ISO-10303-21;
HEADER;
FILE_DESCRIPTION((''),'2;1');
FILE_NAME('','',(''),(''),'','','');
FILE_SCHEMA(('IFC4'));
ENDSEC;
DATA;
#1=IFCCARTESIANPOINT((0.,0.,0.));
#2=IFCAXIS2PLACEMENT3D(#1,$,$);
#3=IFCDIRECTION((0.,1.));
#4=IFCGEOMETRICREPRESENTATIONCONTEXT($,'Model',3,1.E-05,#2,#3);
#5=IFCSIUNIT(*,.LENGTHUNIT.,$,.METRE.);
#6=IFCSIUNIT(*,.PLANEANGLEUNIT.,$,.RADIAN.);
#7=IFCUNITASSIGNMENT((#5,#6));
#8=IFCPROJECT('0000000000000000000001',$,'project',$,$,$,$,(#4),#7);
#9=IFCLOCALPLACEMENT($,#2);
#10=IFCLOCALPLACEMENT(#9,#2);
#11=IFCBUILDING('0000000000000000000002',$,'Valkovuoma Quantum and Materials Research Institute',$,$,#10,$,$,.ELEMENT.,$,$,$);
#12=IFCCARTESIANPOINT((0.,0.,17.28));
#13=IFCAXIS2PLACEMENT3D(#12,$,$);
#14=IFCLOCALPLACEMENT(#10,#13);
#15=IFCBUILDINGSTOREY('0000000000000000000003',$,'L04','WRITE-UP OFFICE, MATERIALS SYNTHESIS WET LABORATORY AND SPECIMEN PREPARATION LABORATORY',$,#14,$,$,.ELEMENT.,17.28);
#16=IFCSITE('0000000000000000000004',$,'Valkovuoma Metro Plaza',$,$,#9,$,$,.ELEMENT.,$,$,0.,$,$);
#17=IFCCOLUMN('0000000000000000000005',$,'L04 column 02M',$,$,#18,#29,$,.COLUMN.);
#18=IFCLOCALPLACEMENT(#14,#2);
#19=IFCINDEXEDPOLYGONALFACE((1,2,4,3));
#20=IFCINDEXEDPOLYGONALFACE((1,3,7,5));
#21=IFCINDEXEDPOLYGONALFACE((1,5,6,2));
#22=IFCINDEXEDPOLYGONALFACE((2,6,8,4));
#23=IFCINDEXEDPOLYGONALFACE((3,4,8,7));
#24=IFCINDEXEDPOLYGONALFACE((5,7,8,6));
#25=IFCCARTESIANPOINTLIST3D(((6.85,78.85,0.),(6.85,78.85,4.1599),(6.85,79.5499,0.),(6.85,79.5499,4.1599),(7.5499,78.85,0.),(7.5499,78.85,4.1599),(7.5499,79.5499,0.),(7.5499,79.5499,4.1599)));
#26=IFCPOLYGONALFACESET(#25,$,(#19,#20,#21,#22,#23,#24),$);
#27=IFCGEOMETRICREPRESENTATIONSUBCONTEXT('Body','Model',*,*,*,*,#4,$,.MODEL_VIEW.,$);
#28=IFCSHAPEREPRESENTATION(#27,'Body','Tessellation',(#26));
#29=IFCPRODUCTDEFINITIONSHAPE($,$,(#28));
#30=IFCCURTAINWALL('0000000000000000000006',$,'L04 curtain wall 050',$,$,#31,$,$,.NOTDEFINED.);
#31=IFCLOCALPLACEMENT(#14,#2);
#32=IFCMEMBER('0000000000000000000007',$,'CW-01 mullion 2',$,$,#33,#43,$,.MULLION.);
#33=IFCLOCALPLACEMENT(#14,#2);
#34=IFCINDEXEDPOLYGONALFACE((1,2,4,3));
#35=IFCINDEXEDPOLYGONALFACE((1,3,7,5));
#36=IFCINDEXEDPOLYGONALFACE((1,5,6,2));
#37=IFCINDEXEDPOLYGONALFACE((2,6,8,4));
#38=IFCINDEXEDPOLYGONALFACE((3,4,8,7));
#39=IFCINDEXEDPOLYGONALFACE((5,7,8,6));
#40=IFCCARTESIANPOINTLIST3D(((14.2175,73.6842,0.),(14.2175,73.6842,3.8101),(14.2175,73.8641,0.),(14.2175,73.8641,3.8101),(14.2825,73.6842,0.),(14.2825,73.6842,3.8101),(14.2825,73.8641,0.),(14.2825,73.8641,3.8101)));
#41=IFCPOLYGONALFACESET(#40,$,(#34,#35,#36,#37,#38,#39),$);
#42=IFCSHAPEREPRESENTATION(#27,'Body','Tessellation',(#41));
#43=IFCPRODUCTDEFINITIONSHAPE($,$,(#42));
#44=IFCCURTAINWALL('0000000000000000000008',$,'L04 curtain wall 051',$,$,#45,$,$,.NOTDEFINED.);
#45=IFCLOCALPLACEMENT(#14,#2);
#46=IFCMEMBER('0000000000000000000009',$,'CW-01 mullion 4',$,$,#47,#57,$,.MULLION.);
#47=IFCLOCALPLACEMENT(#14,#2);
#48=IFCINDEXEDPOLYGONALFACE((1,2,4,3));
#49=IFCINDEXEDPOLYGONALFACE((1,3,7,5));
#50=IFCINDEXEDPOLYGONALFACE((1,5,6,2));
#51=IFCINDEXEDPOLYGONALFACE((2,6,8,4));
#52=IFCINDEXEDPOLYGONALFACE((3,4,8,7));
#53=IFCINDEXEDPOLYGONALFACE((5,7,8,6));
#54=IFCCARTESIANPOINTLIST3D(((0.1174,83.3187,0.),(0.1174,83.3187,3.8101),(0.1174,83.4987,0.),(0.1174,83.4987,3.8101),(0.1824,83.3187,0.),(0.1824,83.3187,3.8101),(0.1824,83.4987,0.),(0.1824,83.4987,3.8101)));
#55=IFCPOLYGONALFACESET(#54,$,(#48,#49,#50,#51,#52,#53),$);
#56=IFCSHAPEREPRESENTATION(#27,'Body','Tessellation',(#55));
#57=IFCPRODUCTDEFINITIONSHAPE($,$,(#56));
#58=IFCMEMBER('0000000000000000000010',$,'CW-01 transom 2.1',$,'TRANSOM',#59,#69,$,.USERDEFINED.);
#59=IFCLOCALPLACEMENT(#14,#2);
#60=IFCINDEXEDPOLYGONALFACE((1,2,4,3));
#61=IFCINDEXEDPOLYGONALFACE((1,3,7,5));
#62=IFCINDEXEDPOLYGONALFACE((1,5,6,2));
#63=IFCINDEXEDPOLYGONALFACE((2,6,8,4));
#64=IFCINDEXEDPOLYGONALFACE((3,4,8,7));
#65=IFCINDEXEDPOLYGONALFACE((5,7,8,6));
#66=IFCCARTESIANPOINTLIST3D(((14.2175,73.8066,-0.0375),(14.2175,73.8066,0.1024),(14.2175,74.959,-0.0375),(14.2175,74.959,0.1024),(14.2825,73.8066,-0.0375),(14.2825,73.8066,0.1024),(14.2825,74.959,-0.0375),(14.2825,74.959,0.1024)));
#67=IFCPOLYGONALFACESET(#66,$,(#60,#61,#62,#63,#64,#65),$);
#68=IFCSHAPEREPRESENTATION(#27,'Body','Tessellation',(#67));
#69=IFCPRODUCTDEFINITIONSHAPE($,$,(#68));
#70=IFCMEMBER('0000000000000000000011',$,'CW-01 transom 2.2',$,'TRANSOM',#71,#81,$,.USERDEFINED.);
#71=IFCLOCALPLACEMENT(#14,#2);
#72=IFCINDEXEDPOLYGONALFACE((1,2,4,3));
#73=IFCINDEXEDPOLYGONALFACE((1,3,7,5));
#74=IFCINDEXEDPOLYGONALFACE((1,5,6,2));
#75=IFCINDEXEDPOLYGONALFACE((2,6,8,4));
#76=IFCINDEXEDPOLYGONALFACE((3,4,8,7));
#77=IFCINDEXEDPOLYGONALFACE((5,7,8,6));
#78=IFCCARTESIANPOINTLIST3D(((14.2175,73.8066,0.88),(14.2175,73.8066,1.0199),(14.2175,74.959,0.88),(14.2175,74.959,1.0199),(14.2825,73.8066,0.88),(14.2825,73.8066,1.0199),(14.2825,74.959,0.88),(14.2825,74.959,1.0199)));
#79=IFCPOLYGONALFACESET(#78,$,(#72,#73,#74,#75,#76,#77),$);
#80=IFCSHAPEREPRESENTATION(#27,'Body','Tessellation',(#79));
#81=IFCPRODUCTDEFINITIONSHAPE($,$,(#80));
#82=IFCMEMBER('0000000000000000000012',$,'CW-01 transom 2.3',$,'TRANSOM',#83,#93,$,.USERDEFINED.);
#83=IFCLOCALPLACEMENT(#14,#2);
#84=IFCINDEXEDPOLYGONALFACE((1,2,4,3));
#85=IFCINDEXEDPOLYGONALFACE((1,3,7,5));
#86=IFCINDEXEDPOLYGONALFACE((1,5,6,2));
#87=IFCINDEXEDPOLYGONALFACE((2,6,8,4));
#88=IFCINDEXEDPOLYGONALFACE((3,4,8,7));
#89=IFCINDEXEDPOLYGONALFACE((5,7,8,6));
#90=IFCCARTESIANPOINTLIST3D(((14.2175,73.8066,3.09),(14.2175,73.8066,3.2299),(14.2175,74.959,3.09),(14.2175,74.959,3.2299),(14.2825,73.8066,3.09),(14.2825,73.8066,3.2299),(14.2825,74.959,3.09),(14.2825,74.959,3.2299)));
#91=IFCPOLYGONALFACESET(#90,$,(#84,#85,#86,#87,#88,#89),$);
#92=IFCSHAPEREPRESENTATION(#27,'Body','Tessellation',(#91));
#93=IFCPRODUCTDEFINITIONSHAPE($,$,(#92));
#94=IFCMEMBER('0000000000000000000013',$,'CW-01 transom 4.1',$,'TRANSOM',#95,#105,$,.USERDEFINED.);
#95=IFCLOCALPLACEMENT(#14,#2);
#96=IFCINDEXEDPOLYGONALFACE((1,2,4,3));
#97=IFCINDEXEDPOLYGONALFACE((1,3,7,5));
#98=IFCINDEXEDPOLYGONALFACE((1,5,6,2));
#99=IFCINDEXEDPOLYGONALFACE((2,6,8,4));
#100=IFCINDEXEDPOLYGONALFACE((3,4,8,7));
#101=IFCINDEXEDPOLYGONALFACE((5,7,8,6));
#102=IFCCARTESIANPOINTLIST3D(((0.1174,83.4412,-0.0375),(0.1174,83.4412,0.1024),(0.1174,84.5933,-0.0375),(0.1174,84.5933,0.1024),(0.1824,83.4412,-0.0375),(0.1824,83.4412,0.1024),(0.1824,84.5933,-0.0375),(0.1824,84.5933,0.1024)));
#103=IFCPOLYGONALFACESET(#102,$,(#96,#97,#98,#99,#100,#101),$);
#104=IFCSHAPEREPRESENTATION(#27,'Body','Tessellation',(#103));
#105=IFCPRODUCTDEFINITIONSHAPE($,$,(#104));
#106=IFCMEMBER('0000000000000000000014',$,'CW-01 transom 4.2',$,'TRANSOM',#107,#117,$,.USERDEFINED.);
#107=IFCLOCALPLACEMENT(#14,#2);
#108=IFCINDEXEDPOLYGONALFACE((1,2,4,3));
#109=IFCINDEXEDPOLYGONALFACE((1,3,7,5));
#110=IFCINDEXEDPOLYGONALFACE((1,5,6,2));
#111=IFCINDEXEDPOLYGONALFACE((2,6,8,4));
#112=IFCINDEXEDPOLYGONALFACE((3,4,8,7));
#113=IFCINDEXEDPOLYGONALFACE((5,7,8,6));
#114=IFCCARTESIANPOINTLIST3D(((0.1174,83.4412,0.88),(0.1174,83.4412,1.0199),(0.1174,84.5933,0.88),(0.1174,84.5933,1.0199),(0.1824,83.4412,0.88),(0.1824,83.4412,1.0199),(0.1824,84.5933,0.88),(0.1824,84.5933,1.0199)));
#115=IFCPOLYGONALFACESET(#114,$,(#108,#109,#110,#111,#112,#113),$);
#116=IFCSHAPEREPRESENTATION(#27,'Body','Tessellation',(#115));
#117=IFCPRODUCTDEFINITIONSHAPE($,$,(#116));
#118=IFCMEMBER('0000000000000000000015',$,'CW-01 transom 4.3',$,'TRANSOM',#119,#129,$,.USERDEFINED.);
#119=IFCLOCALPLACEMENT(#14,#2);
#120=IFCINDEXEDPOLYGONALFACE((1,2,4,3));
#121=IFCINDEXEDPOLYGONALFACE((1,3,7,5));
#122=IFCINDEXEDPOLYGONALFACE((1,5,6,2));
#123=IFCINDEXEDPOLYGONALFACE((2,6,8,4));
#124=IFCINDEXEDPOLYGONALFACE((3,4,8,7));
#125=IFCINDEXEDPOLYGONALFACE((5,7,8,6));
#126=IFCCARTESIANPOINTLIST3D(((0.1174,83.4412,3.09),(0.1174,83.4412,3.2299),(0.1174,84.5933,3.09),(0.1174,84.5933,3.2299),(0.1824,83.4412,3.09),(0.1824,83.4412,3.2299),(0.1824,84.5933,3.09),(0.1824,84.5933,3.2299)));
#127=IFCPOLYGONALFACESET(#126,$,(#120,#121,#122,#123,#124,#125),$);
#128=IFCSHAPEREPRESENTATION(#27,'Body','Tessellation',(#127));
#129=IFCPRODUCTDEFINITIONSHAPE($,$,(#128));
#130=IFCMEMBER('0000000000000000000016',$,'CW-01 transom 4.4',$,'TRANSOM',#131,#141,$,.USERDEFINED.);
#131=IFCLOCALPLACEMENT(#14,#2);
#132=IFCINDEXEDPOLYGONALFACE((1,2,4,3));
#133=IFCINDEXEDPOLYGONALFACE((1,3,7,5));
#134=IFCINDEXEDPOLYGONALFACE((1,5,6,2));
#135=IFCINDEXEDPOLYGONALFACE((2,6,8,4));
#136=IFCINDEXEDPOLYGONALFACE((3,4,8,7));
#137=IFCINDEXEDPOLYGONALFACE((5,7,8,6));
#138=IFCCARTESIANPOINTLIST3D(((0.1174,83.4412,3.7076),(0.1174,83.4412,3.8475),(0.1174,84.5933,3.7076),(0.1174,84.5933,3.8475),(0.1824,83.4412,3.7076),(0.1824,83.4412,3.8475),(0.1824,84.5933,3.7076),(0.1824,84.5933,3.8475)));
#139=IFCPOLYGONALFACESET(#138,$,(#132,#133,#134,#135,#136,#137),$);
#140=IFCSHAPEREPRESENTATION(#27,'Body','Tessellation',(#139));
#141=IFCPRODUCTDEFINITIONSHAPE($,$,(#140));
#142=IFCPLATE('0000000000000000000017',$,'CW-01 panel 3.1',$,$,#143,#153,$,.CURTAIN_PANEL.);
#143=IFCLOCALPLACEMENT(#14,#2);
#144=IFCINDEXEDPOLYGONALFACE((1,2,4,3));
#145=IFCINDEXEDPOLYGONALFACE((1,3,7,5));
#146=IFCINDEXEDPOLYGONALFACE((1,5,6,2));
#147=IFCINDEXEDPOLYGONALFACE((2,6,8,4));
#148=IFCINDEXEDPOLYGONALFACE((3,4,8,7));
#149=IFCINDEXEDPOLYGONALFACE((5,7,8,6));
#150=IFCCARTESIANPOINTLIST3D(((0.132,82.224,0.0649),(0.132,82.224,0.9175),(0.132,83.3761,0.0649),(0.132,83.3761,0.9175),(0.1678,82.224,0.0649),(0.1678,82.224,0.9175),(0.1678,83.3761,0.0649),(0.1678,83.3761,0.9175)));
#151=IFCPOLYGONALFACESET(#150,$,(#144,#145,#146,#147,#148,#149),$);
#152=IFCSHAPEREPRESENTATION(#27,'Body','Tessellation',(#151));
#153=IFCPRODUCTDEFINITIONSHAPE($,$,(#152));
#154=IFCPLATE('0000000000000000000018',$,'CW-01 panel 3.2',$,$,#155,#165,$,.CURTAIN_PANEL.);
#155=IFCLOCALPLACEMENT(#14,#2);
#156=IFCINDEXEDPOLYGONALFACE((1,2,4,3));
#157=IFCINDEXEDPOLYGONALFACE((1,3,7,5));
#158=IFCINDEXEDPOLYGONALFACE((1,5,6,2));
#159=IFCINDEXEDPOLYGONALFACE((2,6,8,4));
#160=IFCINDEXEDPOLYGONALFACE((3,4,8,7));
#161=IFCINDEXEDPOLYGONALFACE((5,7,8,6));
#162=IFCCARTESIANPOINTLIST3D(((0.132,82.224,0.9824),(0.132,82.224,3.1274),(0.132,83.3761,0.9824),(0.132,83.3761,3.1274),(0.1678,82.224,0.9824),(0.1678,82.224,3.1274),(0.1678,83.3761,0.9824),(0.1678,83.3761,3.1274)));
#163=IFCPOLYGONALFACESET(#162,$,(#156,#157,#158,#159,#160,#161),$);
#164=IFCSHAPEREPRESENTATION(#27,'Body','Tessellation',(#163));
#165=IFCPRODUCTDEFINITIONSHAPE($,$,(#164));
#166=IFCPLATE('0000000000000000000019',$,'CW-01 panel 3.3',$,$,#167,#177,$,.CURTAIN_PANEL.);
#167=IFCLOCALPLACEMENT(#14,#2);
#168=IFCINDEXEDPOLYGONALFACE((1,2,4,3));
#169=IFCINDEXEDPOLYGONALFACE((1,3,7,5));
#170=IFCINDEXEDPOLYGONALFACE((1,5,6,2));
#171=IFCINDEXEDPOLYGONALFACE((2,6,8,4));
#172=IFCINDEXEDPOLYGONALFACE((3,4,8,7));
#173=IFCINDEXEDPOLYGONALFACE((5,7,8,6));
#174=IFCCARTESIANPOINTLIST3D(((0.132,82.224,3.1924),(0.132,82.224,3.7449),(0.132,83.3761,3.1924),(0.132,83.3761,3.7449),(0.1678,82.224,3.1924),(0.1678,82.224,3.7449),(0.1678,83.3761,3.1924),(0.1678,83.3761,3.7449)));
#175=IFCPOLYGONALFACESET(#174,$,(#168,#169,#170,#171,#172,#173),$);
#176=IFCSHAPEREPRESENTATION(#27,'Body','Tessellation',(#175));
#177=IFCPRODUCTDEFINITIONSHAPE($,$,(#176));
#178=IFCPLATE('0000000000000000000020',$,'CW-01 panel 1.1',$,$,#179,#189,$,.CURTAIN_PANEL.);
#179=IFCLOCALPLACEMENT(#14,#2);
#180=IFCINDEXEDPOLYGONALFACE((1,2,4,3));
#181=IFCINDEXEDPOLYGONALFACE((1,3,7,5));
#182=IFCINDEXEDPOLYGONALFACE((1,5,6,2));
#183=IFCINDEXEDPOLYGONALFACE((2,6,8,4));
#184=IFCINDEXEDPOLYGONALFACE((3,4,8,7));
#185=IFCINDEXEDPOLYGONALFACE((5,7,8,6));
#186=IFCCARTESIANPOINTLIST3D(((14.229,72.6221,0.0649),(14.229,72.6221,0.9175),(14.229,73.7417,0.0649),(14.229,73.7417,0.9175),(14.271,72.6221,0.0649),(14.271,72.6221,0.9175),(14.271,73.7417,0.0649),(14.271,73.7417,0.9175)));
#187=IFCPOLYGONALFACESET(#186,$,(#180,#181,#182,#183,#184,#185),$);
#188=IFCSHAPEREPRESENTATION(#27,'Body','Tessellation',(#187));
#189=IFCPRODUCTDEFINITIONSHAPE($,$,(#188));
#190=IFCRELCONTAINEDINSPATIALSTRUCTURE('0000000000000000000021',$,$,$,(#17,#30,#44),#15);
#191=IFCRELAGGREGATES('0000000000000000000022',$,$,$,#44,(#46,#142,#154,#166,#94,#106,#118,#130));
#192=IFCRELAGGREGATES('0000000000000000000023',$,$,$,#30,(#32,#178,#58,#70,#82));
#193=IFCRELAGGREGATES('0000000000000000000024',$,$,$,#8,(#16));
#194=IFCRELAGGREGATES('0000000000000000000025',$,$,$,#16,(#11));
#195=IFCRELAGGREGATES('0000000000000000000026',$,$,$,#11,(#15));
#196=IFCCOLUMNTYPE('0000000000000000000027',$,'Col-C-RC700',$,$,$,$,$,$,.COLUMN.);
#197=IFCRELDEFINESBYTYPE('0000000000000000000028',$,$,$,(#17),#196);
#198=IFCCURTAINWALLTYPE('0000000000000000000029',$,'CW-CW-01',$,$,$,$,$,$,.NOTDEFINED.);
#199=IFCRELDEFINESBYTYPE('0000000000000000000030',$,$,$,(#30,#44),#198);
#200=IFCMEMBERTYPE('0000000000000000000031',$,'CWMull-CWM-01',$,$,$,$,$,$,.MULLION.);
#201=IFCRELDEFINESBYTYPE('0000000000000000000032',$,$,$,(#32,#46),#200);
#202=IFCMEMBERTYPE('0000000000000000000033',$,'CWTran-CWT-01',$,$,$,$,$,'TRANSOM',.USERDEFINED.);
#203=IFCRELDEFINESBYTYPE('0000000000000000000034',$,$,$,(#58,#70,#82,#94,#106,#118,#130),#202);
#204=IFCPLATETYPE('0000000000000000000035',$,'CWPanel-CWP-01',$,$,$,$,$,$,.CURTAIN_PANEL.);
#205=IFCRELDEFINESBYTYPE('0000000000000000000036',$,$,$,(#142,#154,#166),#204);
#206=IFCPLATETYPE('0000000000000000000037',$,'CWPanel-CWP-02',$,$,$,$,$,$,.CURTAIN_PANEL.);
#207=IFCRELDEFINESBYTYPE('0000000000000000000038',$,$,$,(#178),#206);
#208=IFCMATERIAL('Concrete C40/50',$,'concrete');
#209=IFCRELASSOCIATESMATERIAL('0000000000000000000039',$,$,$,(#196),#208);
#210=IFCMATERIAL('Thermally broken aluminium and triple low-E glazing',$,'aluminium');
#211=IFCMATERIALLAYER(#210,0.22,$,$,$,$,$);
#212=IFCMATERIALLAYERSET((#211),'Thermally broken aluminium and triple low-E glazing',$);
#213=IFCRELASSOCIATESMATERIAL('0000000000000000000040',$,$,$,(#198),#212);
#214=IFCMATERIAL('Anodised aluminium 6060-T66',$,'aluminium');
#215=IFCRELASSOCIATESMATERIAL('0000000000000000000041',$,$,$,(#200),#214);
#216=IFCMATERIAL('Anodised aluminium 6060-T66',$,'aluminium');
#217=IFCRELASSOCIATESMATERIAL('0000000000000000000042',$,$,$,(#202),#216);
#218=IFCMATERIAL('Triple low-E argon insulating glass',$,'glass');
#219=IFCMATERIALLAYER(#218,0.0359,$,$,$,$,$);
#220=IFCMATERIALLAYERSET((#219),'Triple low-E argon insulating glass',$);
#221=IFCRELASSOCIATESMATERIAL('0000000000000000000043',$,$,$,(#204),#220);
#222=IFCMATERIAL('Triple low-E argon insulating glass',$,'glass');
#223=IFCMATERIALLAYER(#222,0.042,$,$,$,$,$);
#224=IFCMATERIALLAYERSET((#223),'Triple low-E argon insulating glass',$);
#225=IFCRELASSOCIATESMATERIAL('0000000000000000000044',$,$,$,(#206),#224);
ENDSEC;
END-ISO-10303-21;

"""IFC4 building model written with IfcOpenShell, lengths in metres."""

from ifc_helpers import new_model, si_unit, direction, frame, origin, origin_2d, place, context, subcontext, project, spatial, rectangle, extrude, material, layer, layer_set, material_profile, profile_set, type_object, element, aggregate, save


model = new_model("IFC4")

# Units and contexts
model_context = context("Model", 3, precision=1e-05, world=origin(), true_north=direction((0.0, 1.0)))
body_context = subcontext(model_context, "Body", "Model", "MODEL_VIEW")
ifc_project = project(units=[si_unit("LENGTHUNIT", "METRE"), si_unit("PLANEANGLEUNIT", "RADIAN")], contexts=[model_context])

# Site, building, storey
site_placement = place(None, origin())
site = spatial("IfcSite", under=ifc_project, at=site_placement, Name="Valkovuoma Metro Plaza", CompositionType="ELEMENT", RefElevation=0.0)
building_placement = place(site_placement, origin())
building = spatial("IfcBuilding", under=site, at=building_placement, Name="Valkovuoma Quantum and Materials Research Institute", CompositionType="ELEMENT")
storey_placement = place(building_placement, frame((0.0, 0.0, 17.28)))
storey = spatial("IfcBuildingStorey", under=building, at=storey_placement, Name="L04", Description="WRITE-UP OFFICE, MATERIALS SYNTHESIS WET LABORATORY AND SPECIMEN PREPARATION LABORATORY", CompositionType="ELEMENT", Elevation=17.28)

# Column
ifc_material_1 = material(Name="Concrete C40/50", Category="concrete")
ifc_material_profile_1 = material_profile(ifc_material_1, rectangle(XDim=0.7, YDim=0.7, at=origin_2d()), Name="Concrete C40/50")
ifc_profile_set_1 = profile_set([ifc_material_profile_1], Name="Concrete C40/50")
column_type = type_object("IfcColumnType", Name="Col-C-RC700", PredefinedType="COLUMN", material=ifc_profile_set_1)
column_placement = place(storey_placement, frame((7.2, 79.2, 0.0), z_axis=(0.0, 0.0, 1.0), x_axis=(1.0, 0.0, 0.0)))
element("IfcColumn", 1, at=column_placement, inside=storey, type_object=column_type, Name="L04 column 02M", PredefinedType="COLUMN", context=body_context, shape_type="SweptSolid", body=[
    extrude(rectangle(XDim=0.7, YDim=0.7, at=origin_2d()), origin(), (0.0, 0.0, 1.0), 4.1599),
])

# Curtain walls, members
ifc_material_2 = material(Name="Thermally broken aluminium and triple low-E glazing", Category="aluminium")
ifc_layer_1 = layer(ifc_material_2, 0.22)
ifc_layer_set_1 = layer_set([ifc_layer_1], Name="Thermally broken aluminium and triple low-E glazing")
curtain_wall_type = type_object("IfcCurtainWallType", Name="CW-CW-01", PredefinedType="NOTDEFINED", material=ifc_layer_set_1)
curtain_wall_1_placement = place(storey_placement, origin())
curtain_wall_1 = element("IfcCurtainWall", 2, at=curtain_wall_1_placement, inside=storey, type_object=curtain_wall_type, Name="L04 curtain wall 050", PredefinedType="NOTDEFINED")
ifc_material_3 = material(Name="Anodised aluminium 6060-T66", Category="aluminium")
ifc_material_profile_2 = material_profile(ifc_material_3, rectangle(XDim=0.0649, YDim=0.1799, at=origin_2d()), Name="Anodised aluminium 6060-T66")
ifc_profile_set_2 = profile_set([ifc_material_profile_2], Name="Anodised aluminium 6060-T66")
member_type_1 = type_object("IfcMemberType", Name="CWMull-CWM-01", PredefinedType="MULLION", material=ifc_profile_set_2)
member_1_placement = place(storey_placement, frame((14.25, 73.7742, 0.0), z_axis=(0.0, 0.0, 1.0), x_axis=(-1.0, 0.0, 0.0)))
member_1 = element("IfcMember", 3, at=member_1_placement, type_object=member_type_1, Name="CW-01 mullion 2", PredefinedType="MULLION", context=body_context, shape_type="SweptSolid", body=[
    extrude(rectangle(XDim=0.0649, YDim=0.1799, at=origin_2d()), origin(), (0.0, 0.0, 1.0), 3.8101),
])
curtain_wall_2_placement = place(storey_placement, origin())
curtain_wall_2 = element("IfcCurtainWall", 4, at=curtain_wall_2_placement, inside=storey, type_object=curtain_wall_type, Name="L04 curtain wall 051", PredefinedType="NOTDEFINED")
member_2_placement = place(storey_placement, frame((0.1499, 83.4087, 0.0), z_axis=(0.0, 0.0, 1.0), x_axis=(-1.0, 0.0, 0.0)))
member_2 = element("IfcMember", 5, at=member_2_placement, type_object=member_type_1, Name="CW-01 mullion 4", PredefinedType="MULLION", context=body_context, shape_type="SweptSolid", body=[
    extrude(rectangle(XDim=0.0649, YDim=0.1799, at=origin_2d()), origin(), (0.0, 0.0, 1.0), 3.8101),
])

# Members
ifc_material_4 = material(Name="Anodised aluminium 6060-T66", Category="aluminium")
ifc_material_profile_3 = material_profile(ifc_material_4, rectangle(XDim=0.0649, YDim=0.1399, at=origin_2d()), Name="Anodised aluminium 6060-T66")
ifc_profile_set_3 = profile_set([ifc_material_profile_3], Name="Anodised aluminium 6060-T66")
member_type_2 = type_object("IfcMemberType", Name="CWTran-CWT-01", ElementType="TRANSOM", PredefinedType="USERDEFINED", material=ifc_profile_set_3)
member_3_placement = place(storey_placement, frame((14.25, 73.8066, 0.0325), z_axis=(0.0, 1.0, 0.0), x_axis=(-1.0, 0.0, 0.0)))
member_3 = element("IfcMember", 6, at=member_3_placement, type_object=member_type_2, Name="CW-01 transom 2.1", ObjectType="TRANSOM", PredefinedType="USERDEFINED", context=body_context, shape_type="SweptSolid", body=[
    extrude(rectangle(XDim=0.0649, YDim=0.1399, at=origin_2d()), origin(), (0.0, 0.0, 1.0), 1.1523),
])
member_4_placement = place(storey_placement, frame((14.25, 73.8066, 0.95), z_axis=(0.0, 1.0, 0.0), x_axis=(-1.0, 0.0, 0.0)))
member_4 = element("IfcMember", 7, at=member_4_placement, type_object=member_type_2, Name="CW-01 transom 2.2", ObjectType="TRANSOM", PredefinedType="USERDEFINED", context=body_context, shape_type="SweptSolid", body=[
    extrude(rectangle(XDim=0.0649, YDim=0.1399, at=origin_2d()), origin(), (0.0, 0.0, 1.0), 1.1523),
])
member_5_placement = place(storey_placement, frame((14.25, 73.8066, 3.1599), z_axis=(0.0, 1.0, 0.0), x_axis=(-1.0, 0.0, 0.0)))
member_5 = element("IfcMember", 8, at=member_5_placement, type_object=member_type_2, Name="CW-01 transom 2.3", ObjectType="TRANSOM", PredefinedType="USERDEFINED", context=body_context, shape_type="SweptSolid", body=[
    extrude(rectangle(XDim=0.0649, YDim=0.1399, at=origin_2d()), origin(), (0.0, 0.0, 1.0), 1.1523),
])
member_6_placement = place(storey_placement, frame((0.1499, 83.4412, 0.0325), z_axis=(0.0, 1.0, 0.0), x_axis=(-1.0, 0.0, 0.0)))
member_6 = element("IfcMember", 9, at=member_6_placement, type_object=member_type_2, Name="CW-01 transom 4.1", ObjectType="TRANSOM", PredefinedType="USERDEFINED", context=body_context, shape_type="SweptSolid", body=[
    extrude(rectangle(XDim=0.0649, YDim=0.1399, at=origin_2d()), origin(), (0.0, 0.0, 1.0), 1.1521),
])
member_7_placement = place(storey_placement, frame((0.1499, 83.4412, 0.95), z_axis=(0.0, 1.0, 0.0), x_axis=(-1.0, 0.0, 0.0)))
member_7 = element("IfcMember", 10, at=member_7_placement, type_object=member_type_2, Name="CW-01 transom 4.2", ObjectType="TRANSOM", PredefinedType="USERDEFINED", context=body_context, shape_type="SweptSolid", body=[
    extrude(rectangle(XDim=0.0649, YDim=0.1399, at=origin_2d()), origin(), (0.0, 0.0, 1.0), 1.1521),
])
member_8_placement = place(storey_placement, frame((0.1499, 83.4412, 3.1599), z_axis=(0.0, 1.0, 0.0), x_axis=(-1.0, 0.0, 0.0)))
member_8 = element("IfcMember", 11, at=member_8_placement, type_object=member_type_2, Name="CW-01 transom 4.3", ObjectType="TRANSOM", PredefinedType="USERDEFINED", context=body_context, shape_type="SweptSolid", body=[
    extrude(rectangle(XDim=0.0649, YDim=0.1399, at=origin_2d()), origin(), (0.0, 0.0, 1.0), 1.1521),
])
member_9_placement = place(storey_placement, frame((0.1499, 83.4412, 3.7776), z_axis=(0.0, 1.0, 0.0), x_axis=(-1.0, 0.0, 0.0)))
member_9 = element("IfcMember", 12, at=member_9_placement, type_object=member_type_2, Name="CW-01 transom 4.4", ObjectType="TRANSOM", PredefinedType="USERDEFINED", context=body_context, shape_type="SweptSolid", body=[
    extrude(rectangle(XDim=0.0649, YDim=0.1399, at=origin_2d()), origin(), (0.0, 0.0, 1.0), 1.1521),
])

# Plates
ifc_material_5 = material(Name="Triple low-E argon insulating glass", Category="glass")
ifc_layer_2 = layer(ifc_material_5, 0.0359)
ifc_layer_set_2 = layer_set([ifc_layer_2], Name="Triple low-E argon insulating glass")
plate_type_1 = type_object("IfcPlateType", Name="CWPanel-CWP-01", PredefinedType="CURTAIN_PANEL", material=ifc_layer_set_2)
plate_1_placement = place(storey_placement, frame((0.1499, 82.8, 0.0649), z_axis=(0.0, 0.0, 1.0), x_axis=(0.0, 1.0, 0.0)))
plate_1 = element("IfcPlate", 13, at=plate_1_placement, type_object=plate_type_1, Name="CW-01 panel 3.1", PredefinedType="CURTAIN_PANEL", context=body_context, shape_type="SweptSolid", body=[
    extrude(rectangle(XDim=1.1521, YDim=0.0359, at=origin_2d()), origin(), (0.0, 0.0, 1.0), 0.8525),
])
plate_2_placement = place(storey_placement, frame((0.1499, 82.8, 0.9824), z_axis=(0.0, 0.0, 1.0), x_axis=(0.0, 1.0, 0.0)))
plate_2 = element("IfcPlate", 14, at=plate_2_placement, type_object=plate_type_1, Name="CW-01 panel 3.2", PredefinedType="CURTAIN_PANEL", context=body_context, shape_type="SweptSolid", body=[
    extrude(rectangle(XDim=1.1521, YDim=0.0359, at=origin_2d()), origin(), (0.0, 0.0, 1.0), 2.145),
])
plate_3_placement = place(storey_placement, frame((0.1499, 82.8, 3.1924), z_axis=(0.0, 0.0, 1.0), x_axis=(0.0, 1.0, 0.0)))
plate_3 = element("IfcPlate", 15, at=plate_3_placement, type_object=plate_type_1, Name="CW-01 panel 3.3", PredefinedType="CURTAIN_PANEL", context=body_context, shape_type="SweptSolid", body=[
    extrude(rectangle(XDim=1.1521, YDim=0.0359, at=origin_2d()), origin(), (0.0, 0.0, 1.0), 0.5525),
])
aggregate(curtain_wall_2, [member_2, plate_1, plate_2, plate_3, member_6, member_7, member_8, member_9])
ifc_material_6 = material(Name="Triple low-E argon insulating glass", Category="glass")
ifc_layer_3 = layer(ifc_material_6, 0.042)
ifc_layer_set_3 = layer_set([ifc_layer_3], Name="Triple low-E argon insulating glass")
plate_type_2 = type_object("IfcPlateType", Name="CWPanel-CWP-02", PredefinedType="CURTAIN_PANEL", material=ifc_layer_set_3)
plate_4_placement = place(storey_placement, frame((14.25, 73.1819, 0.0649), z_axis=(0.0, 0.0, 1.0), x_axis=(0.0, 1.0, 0.0)))
plate_4 = element("IfcPlate", 16, at=plate_4_placement, type_object=plate_type_2, Name="CW-01 panel 1.1", PredefinedType="CURTAIN_PANEL", context=body_context, shape_type="SweptSolid", body=[
    extrude(rectangle(XDim=1.1196, YDim=0.042, at=origin_2d()), origin(), (0.0, 0.0, 1.0), 0.8525),
])
aggregate(curtain_wall_1, [member_1, plate_4, member_3, member_4, member_5])

save(model, "model.ifc")
